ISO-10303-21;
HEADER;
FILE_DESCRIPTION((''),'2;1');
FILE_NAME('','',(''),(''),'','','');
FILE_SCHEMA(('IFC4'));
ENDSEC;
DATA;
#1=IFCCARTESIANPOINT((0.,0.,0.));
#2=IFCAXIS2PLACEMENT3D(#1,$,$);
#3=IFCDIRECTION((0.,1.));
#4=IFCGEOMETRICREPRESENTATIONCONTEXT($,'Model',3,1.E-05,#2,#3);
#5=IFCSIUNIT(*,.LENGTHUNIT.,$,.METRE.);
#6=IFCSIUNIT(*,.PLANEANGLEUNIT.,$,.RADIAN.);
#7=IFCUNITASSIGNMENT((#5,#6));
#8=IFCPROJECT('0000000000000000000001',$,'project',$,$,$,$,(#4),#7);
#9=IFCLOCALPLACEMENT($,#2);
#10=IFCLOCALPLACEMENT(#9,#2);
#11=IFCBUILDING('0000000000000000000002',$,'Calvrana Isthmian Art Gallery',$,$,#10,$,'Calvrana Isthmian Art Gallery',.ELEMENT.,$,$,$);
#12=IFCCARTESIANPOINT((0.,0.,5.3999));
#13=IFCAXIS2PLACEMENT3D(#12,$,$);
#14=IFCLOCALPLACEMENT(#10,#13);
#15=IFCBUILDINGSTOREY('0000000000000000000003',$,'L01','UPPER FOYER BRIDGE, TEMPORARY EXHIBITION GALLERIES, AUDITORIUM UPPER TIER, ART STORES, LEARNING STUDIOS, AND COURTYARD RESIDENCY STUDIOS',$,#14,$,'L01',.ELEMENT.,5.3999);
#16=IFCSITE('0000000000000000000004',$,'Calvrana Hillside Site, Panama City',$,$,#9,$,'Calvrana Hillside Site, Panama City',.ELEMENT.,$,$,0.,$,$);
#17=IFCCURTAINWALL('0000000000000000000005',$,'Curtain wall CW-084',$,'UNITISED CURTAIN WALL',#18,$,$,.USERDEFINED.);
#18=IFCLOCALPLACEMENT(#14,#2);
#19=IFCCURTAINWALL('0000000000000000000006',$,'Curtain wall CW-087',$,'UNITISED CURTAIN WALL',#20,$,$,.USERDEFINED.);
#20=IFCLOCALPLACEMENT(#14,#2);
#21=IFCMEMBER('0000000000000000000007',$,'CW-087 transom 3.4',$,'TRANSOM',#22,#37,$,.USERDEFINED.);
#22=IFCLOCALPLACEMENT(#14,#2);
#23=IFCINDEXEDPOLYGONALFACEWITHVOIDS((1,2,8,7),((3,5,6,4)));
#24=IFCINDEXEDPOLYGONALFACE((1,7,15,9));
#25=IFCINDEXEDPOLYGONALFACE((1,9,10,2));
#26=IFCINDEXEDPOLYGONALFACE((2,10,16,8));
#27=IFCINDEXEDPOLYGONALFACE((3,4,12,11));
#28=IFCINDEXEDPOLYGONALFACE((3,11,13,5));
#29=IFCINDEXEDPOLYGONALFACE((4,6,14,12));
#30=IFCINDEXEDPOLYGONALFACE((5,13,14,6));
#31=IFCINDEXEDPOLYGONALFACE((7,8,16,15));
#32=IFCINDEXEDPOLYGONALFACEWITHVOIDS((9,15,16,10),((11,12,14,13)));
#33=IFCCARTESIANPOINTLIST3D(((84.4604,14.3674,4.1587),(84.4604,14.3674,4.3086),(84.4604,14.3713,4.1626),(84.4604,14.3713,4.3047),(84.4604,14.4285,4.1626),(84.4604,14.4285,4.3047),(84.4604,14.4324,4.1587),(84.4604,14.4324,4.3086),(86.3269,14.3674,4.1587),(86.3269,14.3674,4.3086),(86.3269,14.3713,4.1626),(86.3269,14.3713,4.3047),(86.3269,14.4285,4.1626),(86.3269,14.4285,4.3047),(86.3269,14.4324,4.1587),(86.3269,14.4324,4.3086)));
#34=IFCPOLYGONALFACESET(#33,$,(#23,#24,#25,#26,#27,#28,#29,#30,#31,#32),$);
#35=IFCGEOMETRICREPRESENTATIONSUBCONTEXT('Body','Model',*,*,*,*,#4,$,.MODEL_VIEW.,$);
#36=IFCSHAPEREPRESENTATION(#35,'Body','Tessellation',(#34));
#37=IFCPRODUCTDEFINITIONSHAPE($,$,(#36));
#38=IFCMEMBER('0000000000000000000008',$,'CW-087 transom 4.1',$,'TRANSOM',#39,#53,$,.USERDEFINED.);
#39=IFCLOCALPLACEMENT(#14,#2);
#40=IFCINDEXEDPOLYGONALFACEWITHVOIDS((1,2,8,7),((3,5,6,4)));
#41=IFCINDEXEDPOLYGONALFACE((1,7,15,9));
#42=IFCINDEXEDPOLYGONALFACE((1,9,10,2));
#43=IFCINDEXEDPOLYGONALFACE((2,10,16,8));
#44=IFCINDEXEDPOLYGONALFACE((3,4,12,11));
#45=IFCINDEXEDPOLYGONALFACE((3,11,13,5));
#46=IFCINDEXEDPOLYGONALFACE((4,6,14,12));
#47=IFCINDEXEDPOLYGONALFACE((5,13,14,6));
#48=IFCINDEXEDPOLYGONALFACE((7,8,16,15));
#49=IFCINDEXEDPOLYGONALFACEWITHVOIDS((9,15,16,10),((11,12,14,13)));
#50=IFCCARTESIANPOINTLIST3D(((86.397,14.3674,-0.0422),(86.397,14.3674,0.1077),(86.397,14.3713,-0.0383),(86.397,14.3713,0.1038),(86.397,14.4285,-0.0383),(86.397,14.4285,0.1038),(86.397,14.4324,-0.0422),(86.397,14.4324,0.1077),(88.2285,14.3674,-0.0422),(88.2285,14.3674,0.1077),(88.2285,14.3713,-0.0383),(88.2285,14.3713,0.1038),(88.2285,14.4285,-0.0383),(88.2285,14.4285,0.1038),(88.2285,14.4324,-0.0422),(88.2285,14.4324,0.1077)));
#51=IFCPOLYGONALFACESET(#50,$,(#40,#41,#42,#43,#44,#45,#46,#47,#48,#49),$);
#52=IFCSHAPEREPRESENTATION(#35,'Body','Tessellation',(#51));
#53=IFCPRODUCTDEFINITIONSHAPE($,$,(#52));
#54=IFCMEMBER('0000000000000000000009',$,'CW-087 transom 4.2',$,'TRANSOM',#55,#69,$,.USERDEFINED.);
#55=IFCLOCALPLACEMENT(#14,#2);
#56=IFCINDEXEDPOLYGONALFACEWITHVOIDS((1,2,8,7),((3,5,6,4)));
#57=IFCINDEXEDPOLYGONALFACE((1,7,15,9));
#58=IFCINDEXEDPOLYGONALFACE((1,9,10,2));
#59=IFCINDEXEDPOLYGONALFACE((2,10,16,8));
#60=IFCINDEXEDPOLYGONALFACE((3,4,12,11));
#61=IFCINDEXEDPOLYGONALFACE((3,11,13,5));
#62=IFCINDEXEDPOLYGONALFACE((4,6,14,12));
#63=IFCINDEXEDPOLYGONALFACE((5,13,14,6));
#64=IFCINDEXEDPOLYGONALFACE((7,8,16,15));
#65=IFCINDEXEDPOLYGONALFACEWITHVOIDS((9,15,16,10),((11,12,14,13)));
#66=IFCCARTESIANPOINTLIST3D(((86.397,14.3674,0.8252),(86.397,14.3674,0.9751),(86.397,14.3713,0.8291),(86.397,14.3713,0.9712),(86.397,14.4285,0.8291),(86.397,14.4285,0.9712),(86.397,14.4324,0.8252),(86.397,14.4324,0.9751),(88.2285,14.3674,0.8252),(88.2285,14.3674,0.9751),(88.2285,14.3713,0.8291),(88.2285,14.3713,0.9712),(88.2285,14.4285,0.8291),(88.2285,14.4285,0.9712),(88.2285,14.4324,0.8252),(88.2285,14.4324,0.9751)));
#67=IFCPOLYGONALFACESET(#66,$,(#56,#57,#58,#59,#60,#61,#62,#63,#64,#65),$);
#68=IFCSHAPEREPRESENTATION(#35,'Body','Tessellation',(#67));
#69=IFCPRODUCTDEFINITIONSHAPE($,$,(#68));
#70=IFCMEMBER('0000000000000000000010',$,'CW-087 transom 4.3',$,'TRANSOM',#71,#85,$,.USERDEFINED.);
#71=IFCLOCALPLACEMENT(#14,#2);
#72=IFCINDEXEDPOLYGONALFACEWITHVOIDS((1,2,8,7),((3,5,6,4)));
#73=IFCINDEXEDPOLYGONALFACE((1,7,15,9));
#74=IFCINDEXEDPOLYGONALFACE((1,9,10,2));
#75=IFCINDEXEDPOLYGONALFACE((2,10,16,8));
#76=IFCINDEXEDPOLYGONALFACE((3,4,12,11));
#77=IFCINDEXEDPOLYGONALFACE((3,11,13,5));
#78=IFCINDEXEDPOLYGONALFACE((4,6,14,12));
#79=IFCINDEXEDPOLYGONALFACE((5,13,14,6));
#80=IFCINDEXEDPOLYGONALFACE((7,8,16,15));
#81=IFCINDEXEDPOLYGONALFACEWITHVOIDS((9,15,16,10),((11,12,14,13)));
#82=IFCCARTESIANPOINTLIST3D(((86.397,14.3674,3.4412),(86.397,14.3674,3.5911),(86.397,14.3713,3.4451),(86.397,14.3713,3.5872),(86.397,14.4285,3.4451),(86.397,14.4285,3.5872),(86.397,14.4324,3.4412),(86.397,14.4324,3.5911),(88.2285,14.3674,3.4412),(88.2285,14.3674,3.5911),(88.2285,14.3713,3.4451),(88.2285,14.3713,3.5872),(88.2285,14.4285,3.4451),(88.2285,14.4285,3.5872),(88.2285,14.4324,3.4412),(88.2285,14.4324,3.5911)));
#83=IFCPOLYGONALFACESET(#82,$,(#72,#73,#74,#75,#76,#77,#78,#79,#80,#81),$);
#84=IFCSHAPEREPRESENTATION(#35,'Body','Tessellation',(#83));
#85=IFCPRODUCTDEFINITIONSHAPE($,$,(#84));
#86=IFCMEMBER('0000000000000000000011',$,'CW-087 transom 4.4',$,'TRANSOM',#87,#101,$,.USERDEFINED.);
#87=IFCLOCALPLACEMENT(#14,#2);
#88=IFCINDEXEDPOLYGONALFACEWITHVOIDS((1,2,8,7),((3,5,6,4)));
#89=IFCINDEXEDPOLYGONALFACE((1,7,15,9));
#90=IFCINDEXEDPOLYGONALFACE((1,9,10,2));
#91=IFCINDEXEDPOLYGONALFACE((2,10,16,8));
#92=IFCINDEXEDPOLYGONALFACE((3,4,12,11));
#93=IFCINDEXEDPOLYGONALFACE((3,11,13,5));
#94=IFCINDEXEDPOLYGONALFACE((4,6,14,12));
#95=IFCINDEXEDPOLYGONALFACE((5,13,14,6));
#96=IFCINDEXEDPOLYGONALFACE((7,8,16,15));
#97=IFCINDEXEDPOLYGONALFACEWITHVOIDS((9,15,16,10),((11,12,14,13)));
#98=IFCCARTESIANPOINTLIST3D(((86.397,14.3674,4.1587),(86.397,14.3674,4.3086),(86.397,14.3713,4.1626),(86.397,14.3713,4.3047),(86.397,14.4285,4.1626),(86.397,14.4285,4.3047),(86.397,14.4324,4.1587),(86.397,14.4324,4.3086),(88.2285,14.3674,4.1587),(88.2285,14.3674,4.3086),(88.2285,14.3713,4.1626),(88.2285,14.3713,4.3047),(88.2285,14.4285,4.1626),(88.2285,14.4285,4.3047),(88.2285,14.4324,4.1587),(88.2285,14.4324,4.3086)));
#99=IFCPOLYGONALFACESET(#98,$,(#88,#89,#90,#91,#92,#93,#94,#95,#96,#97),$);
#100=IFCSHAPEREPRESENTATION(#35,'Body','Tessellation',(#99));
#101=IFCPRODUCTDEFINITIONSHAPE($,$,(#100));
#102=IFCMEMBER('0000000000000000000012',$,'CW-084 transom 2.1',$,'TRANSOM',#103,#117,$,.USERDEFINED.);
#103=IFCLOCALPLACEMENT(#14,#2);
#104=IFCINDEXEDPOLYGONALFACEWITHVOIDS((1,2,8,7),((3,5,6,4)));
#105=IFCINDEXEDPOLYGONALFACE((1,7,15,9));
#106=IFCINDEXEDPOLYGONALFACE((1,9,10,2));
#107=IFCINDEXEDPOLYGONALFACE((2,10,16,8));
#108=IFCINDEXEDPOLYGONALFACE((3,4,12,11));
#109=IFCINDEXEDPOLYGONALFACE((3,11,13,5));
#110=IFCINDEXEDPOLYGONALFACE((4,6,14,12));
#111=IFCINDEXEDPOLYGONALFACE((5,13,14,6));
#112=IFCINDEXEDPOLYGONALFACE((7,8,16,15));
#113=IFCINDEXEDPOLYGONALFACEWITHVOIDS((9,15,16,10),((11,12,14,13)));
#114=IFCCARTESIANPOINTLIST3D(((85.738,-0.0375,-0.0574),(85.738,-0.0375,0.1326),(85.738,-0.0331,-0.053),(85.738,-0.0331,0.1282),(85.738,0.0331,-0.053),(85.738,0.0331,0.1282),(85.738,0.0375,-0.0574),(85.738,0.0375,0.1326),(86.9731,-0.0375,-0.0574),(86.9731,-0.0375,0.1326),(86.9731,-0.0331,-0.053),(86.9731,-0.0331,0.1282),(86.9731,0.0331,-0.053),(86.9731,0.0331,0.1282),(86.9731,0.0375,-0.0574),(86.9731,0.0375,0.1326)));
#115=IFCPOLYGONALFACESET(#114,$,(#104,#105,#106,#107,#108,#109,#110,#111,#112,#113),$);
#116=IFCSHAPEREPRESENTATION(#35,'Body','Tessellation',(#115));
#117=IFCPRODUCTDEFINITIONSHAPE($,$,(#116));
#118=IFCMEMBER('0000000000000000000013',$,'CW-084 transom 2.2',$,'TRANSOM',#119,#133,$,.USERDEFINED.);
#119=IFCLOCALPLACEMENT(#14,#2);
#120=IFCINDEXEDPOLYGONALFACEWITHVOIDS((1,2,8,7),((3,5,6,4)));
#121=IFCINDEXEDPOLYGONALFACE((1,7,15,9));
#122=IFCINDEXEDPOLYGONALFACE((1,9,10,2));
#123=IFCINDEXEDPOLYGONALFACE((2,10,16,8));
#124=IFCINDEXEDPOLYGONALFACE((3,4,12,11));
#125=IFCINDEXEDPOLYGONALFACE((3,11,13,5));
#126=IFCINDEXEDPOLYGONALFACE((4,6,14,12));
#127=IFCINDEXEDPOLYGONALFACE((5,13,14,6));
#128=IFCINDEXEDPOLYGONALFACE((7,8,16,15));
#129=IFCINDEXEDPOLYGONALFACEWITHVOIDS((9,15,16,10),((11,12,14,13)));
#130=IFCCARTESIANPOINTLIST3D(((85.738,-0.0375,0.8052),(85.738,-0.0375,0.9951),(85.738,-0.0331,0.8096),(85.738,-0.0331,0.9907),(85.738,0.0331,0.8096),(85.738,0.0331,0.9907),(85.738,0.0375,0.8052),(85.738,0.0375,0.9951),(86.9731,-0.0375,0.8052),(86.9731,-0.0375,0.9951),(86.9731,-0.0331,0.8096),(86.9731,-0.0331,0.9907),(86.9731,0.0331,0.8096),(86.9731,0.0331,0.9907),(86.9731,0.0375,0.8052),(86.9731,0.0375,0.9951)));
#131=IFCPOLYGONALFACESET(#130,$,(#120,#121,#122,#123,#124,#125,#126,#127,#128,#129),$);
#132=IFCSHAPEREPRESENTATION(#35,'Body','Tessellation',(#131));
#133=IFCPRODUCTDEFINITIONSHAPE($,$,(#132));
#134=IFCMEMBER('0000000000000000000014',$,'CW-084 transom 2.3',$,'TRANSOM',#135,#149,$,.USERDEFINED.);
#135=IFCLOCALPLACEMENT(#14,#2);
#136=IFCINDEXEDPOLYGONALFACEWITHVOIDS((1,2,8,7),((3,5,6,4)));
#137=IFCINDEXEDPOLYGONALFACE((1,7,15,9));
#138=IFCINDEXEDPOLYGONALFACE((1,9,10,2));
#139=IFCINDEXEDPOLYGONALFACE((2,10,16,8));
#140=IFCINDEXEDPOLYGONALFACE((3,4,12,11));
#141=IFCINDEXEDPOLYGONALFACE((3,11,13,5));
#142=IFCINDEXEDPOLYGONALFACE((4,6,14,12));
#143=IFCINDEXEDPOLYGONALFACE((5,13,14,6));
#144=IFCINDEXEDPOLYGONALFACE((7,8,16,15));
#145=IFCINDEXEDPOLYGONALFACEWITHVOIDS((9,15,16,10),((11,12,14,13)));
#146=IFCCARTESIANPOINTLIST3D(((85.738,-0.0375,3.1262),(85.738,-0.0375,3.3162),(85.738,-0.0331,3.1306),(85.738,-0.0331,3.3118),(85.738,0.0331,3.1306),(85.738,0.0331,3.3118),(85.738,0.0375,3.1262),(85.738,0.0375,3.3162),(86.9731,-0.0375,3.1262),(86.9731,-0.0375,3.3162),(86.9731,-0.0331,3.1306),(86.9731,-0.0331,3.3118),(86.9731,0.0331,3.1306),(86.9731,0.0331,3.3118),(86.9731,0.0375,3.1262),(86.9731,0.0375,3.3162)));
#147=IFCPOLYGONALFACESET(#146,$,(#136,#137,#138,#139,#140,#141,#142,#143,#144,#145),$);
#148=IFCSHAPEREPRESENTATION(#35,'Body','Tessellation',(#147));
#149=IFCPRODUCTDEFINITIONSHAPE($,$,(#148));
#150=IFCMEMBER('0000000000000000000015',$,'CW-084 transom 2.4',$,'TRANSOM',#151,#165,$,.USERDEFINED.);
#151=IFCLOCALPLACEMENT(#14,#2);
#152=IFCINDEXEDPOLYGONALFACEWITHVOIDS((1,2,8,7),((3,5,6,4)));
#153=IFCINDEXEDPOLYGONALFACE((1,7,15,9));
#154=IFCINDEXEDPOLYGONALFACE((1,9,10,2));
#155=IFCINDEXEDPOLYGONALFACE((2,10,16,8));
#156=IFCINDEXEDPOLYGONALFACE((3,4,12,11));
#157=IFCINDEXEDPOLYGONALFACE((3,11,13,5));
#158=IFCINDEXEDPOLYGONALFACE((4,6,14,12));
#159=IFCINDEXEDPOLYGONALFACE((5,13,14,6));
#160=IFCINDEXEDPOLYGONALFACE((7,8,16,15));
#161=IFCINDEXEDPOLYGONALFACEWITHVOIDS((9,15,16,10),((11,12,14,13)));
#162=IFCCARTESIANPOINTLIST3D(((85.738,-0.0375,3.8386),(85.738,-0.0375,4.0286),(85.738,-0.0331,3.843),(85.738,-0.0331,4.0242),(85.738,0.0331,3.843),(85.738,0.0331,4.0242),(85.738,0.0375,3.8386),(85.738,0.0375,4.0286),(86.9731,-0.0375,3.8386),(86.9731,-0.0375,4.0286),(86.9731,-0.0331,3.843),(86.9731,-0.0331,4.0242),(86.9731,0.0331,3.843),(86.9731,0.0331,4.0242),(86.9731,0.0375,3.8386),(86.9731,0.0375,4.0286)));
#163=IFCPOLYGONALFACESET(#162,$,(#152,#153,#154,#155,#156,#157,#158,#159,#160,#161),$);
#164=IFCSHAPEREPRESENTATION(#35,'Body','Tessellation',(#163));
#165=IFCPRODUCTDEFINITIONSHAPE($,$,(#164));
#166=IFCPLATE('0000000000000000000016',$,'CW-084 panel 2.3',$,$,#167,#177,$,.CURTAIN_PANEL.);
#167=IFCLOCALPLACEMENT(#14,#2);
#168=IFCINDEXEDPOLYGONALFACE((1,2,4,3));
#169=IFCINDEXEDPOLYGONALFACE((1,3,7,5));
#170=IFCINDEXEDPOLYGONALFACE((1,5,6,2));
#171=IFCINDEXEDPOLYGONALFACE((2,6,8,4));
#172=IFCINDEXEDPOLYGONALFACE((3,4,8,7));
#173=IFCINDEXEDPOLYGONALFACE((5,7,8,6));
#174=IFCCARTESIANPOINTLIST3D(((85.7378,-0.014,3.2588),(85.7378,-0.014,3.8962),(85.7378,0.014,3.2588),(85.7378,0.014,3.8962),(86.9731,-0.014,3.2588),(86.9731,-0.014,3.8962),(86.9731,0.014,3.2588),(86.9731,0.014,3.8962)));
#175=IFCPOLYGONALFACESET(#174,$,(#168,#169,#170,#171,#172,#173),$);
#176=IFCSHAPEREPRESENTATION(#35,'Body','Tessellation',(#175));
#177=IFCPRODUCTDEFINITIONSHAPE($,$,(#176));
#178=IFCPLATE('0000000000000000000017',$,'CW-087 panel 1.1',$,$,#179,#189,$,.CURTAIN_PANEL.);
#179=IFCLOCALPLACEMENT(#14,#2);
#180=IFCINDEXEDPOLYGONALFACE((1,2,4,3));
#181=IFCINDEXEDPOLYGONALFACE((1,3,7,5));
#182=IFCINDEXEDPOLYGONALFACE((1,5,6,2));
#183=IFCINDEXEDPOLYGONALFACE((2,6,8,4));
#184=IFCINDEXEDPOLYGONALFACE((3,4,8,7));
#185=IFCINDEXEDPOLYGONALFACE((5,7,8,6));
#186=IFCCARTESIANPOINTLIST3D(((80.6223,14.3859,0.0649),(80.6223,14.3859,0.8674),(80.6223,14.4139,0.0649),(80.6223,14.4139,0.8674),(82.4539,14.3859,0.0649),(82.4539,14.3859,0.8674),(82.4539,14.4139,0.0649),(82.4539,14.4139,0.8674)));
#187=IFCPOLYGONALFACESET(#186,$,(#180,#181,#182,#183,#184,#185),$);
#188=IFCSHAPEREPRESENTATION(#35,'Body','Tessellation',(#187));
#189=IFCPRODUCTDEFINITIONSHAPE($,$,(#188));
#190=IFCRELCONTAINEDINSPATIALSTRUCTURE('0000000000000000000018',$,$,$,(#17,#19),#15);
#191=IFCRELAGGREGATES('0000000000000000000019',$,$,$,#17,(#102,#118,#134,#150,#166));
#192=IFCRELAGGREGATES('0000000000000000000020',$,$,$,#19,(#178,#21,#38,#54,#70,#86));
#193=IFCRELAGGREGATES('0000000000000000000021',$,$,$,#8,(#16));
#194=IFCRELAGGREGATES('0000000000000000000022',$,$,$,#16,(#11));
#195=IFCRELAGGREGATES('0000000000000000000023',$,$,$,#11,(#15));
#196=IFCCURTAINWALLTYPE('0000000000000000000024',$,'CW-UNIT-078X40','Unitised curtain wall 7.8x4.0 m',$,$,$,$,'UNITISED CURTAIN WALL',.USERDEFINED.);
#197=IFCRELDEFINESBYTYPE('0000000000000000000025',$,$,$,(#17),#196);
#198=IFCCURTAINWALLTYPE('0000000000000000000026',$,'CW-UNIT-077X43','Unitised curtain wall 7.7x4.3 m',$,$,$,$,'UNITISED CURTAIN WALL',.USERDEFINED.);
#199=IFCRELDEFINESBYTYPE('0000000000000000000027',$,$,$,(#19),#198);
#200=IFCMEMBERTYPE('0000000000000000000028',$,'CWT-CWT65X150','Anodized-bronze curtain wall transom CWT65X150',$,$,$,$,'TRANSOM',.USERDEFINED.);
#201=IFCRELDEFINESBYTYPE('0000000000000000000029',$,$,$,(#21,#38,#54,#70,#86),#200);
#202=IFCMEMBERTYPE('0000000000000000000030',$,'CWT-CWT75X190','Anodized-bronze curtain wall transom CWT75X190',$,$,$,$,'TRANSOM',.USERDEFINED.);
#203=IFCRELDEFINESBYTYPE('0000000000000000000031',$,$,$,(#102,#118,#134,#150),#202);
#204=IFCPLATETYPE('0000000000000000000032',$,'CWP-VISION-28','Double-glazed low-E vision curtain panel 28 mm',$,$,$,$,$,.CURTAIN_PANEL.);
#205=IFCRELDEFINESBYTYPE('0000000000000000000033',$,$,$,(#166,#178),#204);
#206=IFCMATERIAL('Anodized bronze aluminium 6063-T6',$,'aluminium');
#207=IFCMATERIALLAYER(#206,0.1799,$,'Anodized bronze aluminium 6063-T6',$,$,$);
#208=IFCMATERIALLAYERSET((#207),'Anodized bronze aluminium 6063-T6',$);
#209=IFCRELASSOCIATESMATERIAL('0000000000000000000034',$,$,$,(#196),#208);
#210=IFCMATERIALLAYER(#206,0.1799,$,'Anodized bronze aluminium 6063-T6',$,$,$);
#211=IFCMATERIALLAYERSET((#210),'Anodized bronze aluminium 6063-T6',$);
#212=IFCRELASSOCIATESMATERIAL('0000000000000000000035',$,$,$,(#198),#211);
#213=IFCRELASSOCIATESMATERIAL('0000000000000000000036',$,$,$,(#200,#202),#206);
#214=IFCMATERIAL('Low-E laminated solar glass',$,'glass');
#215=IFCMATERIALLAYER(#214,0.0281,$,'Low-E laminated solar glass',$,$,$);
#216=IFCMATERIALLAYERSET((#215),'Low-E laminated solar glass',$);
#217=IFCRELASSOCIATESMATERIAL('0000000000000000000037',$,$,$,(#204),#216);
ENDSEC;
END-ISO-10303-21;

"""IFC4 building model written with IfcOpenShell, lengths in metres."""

from ifc_helpers import new_model, si_unit, direction, frame, origin, origin_2d, place, context, subcontext, project, spatial, rectangle, hollow_rectangle, extrude, material, layer, layer_set, material_profile, profile_set, type_object, element, aggregate, save


model = new_model("IFC4")

# Units and contexts
model_context = context("Model", 3, precision=1e-05, world=origin(), true_north=direction((0.0, 1.0)))
body_context = subcontext(model_context, "Body", "Model", "MODEL_VIEW")
ifc_project = project(units=[si_unit("LENGTHUNIT", "METRE"), si_unit("PLANEANGLEUNIT", "RADIAN")], contexts=[model_context])

# Site, building, storey
site_placement = place(None, origin())
site = spatial("IfcSite", under=ifc_project, at=site_placement, Name="Calvrana Hillside Site, Panama City", LongName="Calvrana Hillside Site, Panama City", CompositionType="ELEMENT", RefElevation=0.0)
building_placement = place(site_placement, origin())
building = spatial("IfcBuilding", under=site, at=building_placement, Name="Calvrana Isthmian Art Gallery", LongName="Calvrana Isthmian Art Gallery", CompositionType="ELEMENT")
storey_placement = place(building_placement, frame((0.0, 0.0, 5.3999)))
storey = spatial("IfcBuildingStorey", under=building, at=storey_placement, Name="L01", Description="UPPER FOYER BRIDGE, TEMPORARY EXHIBITION GALLERIES, AUDITORIUM UPPER TIER, ART STORES, LEARNING STUDIOS, AND COURTYARD RESIDENCY STUDIOS", LongName="L01", CompositionType="ELEMENT", Elevation=5.3999)

# Curtain wall
ifc_material_1 = material(Name="Anodized bronze aluminium 6063-T6", Category="aluminium")
ifc_layer_1 = layer(ifc_material_1, 0.1799, Name="Anodized bronze aluminium 6063-T6")
ifc_layer_set_1 = layer_set([ifc_layer_1], Name="Anodized bronze aluminium 6063-T6")
curtain_wall_type_1 = type_object("IfcCurtainWallType", Name="CW-UNIT-078X40", Description="Unitised curtain wall 7.8x4.0 m", ElementType="UNITISED CURTAIN WALL", PredefinedType="USERDEFINED", material=ifc_layer_set_1)
curtain_wall_1_placement = place(storey_placement, origin())
curtain_wall_1 = element("IfcCurtainWall", 1, at=curtain_wall_1_placement, inside=storey, type_object=curtain_wall_type_1, Name="Curtain wall CW-084", ObjectType="UNITISED CURTAIN WALL", PredefinedType="USERDEFINED")

# Curtain wall, members
ifc_layer_2 = layer(ifc_material_1, 0.1799, Name="Anodized bronze aluminium 6063-T6")
ifc_layer_set_2 = layer_set([ifc_layer_2], Name="Anodized bronze aluminium 6063-T6")
curtain_wall_type_2 = type_object("IfcCurtainWallType", Name="CW-UNIT-077X43", Description="Unitised curtain wall 7.7x4.3 m", ElementType="UNITISED CURTAIN WALL", PredefinedType="USERDEFINED", material=ifc_layer_set_2)
curtain_wall_2_placement = place(storey_placement, origin())
curtain_wall_2 = element("IfcCurtainWall", 2, at=curtain_wall_2_placement, inside=storey, type_object=curtain_wall_type_2, Name="Curtain wall CW-087", ObjectType="UNITISED CURTAIN WALL", PredefinedType="USERDEFINED")
ifc_material_profile_1 = material_profile(ifc_material_1, hollow_rectangle(XDim=0.0649, YDim=0.1499, WallThickness=0.0039, at=origin_2d()), Name="CWT65X150")
ifc_profile_set_1 = profile_set([ifc_material_profile_1], Name="Anodized bronze aluminium 6063-T6")
member_type_1 = type_object("IfcMemberType", Name="CWT-CWT65X150", Description="Anodized-bronze curtain wall transom CWT65X150", ElementType="TRANSOM", PredefinedType="USERDEFINED", material=ifc_profile_set_1)
member_1_placement = place(storey_placement, frame((84.4604, 14.3999, 4.2336), z_axis=(1.0, 0.0, 0.0), x_axis=(0.0, 1.0, 0.0)))
member_1 = element("IfcMember", 3, at=member_1_placement, type_object=member_type_1, Name="CW-087 transom 3.4", ObjectType="TRANSOM", PredefinedType="USERDEFINED", context=body_context, shape_type="SweptSolid", body=[
    extrude(hollow_rectangle(XDim=0.0649, YDim=0.1499, WallThickness=0.0039, at=origin_2d()), origin(), (0.0, 0.0, 1.0), 1.8665),
])
member_2_placement = place(storey_placement, frame((86.397, 14.3999, 0.0327), z_axis=(1.0, 0.0, 0.0), x_axis=(0.0, 1.0, 0.0)))
member_2 = element("IfcMember", 4, at=member_2_placement, type_object=member_type_1, Name="CW-087 transom 4.1", ObjectType="TRANSOM", PredefinedType="USERDEFINED", context=body_context, shape_type="SweptSolid", body=[
    extrude(hollow_rectangle(XDim=0.0649, YDim=0.1499, WallThickness=0.0039, at=origin_2d()), origin(), (0.0, 0.0, 1.0), 1.8315),
])
member_3_placement = place(storey_placement, frame((86.397, 14.3999, 0.9001), z_axis=(1.0, 0.0, 0.0), x_axis=(0.0, 1.0, 0.0)))
member_3 = element("IfcMember", 5, at=member_3_placement, type_object=member_type_1, Name="CW-087 transom 4.2", ObjectType="TRANSOM", PredefinedType="USERDEFINED", context=body_context, shape_type="SweptSolid", body=[
    extrude(hollow_rectangle(XDim=0.0649, YDim=0.1499, WallThickness=0.0039, at=origin_2d()), origin(), (0.0, 0.0, 1.0), 1.8315),
])
member_4_placement = place(storey_placement, frame((86.397, 14.3999, 3.5161), z_axis=(1.0, 0.0, 0.0), x_axis=(0.0, 1.0, 0.0)))
member_4 = element("IfcMember", 6, at=member_4_placement, type_object=member_type_1, Name="CW-087 transom 4.3", ObjectType="TRANSOM", PredefinedType="USERDEFINED", context=body_context, shape_type="SweptSolid", body=[
    extrude(hollow_rectangle(XDim=0.0649, YDim=0.1499, WallThickness=0.0039, at=origin_2d()), origin(), (0.0, 0.0, 1.0), 1.8315),
])
member_5_placement = place(storey_placement, frame((86.397, 14.3999, 4.2336), z_axis=(1.0, 0.0, 0.0), x_axis=(0.0, 1.0, 0.0)))
member_5 = element("IfcMember", 7, at=member_5_placement, type_object=member_type_1, Name="CW-087 transom 4.4", ObjectType="TRANSOM", PredefinedType="USERDEFINED", context=body_context, shape_type="SweptSolid", body=[
    extrude(hollow_rectangle(XDim=0.0649, YDim=0.1499, WallThickness=0.0039, at=origin_2d()), origin(), (0.0, 0.0, 1.0), 1.8315),
])

# Members
ifc_material_profile_2 = material_profile(ifc_material_1, hollow_rectangle(XDim=0.075, YDim=0.1899, WallThickness=0.0044, at=origin_2d()), Name="CWT75X190")
ifc_profile_set_2 = profile_set([ifc_material_profile_2], Name="Anodized bronze aluminium 6063-T6")
member_type_2 = type_object("IfcMemberType", Name="CWT-CWT75X190", Description="Anodized-bronze curtain wall transom CWT75X190", ElementType="TRANSOM", PredefinedType="USERDEFINED", material=ifc_profile_set_2)
member_6_placement = place(storey_placement, frame((86.9731, 0.0, 0.0376), z_axis=(-1.0, 0.0, 0.0), x_axis=(0.0, -1.0, 0.0)))
member_6 = element("IfcMember", 8, at=member_6_placement, type_object=member_type_2, Name="CW-084 transom 2.1", ObjectType="TRANSOM", PredefinedType="USERDEFINED", context=body_context, shape_type="SweptSolid", body=[
    extrude(hollow_rectangle(XDim=0.075, YDim=0.1899, WallThickness=0.0044, at=origin_2d()), origin(), (0.0, 0.0, 1.0), 1.2351),
])
member_7_placement = place(storey_placement, frame((86.9731, 0.0, 0.9001), z_axis=(-1.0, 0.0, 0.0), x_axis=(0.0, -1.0, 0.0)))
member_7 = element("IfcMember", 9, at=member_7_placement, type_object=member_type_2, Name="CW-084 transom 2.2", ObjectType="TRANSOM", PredefinedType="USERDEFINED", context=body_context, shape_type="SweptSolid", body=[
    extrude(hollow_rectangle(XDim=0.075, YDim=0.1899, WallThickness=0.0044, at=origin_2d()), origin(), (0.0, 0.0, 1.0), 1.2351),
])
member_8_placement = place(storey_placement, frame((86.9731, 0.0, 3.2212), z_axis=(-1.0, 0.0, 0.0), x_axis=(0.0, -1.0, 0.0)))
member_8 = element("IfcMember", 10, at=member_8_placement, type_object=member_type_2, Name="CW-084 transom 2.3", ObjectType="TRANSOM", PredefinedType="USERDEFINED", context=body_context, shape_type="SweptSolid", body=[
    extrude(hollow_rectangle(XDim=0.075, YDim=0.1899, WallThickness=0.0044, at=origin_2d()), origin(), (0.0, 0.0, 1.0), 1.2351),
])
member_9_placement = place(storey_placement, frame((86.9731, 0.0, 3.9336), z_axis=(-1.0, 0.0, 0.0), x_axis=(0.0, -1.0, 0.0)))
member_9 = element("IfcMember", 11, at=member_9_placement, type_object=member_type_2, Name="CW-084 transom 2.4", ObjectType="TRANSOM", PredefinedType="USERDEFINED", context=body_context, shape_type="SweptSolid", body=[
    extrude(hollow_rectangle(XDim=0.075, YDim=0.1899, WallThickness=0.0044, at=origin_2d()), origin(), (0.0, 0.0, 1.0), 1.2351),
])

# Plates
ifc_material_2 = material(Name="Low-E laminated solar glass", Category="glass")
ifc_layer_3 = layer(ifc_material_2, 0.0281, Name="Low-E laminated solar glass")
ifc_layer_set_3 = layer_set([ifc_layer_3], Name="Low-E laminated solar glass")
plate_type = type_object("IfcPlateType", Name="CWP-VISION-28", Description="Double-glazed low-E vision curtain panel 28 mm", PredefinedType="CURTAIN_PANEL", material=ifc_layer_set_3)
plate_1_placement = place(storey_placement, frame((86.3555, 0.0, 3.2588), z_axis=(0.0, 0.0, 1.0), x_axis=(-1.0, 0.0, 0.0)))
plate_1 = element("IfcPlate", 12, at=plate_1_placement, type_object=plate_type, Name="CW-084 panel 2.3", PredefinedType="CURTAIN_PANEL", context=body_context, shape_type="SweptSolid", body=[
    extrude(rectangle(XDim=1.2354, YDim=0.0281, at=origin_2d()), origin(), (0.0, 0.0, 1.0), 0.6375),
])
aggregate(curtain_wall_1, [member_6, member_7, member_8, member_9, plate_1])
plate_2_placement = place(storey_placement, frame((81.5381, 14.3999, 0.0649), z_axis=(0.0, 0.0, 1.0), x_axis=(1.0, 0.0, 0.0)))
plate_2 = element("IfcPlate", 13, at=plate_2_placement, type_object=plate_type, Name="CW-087 panel 1.1", PredefinedType="CURTAIN_PANEL", context=body_context, shape_type="SweptSolid", body=[
    extrude(rectangle(XDim=1.8315, YDim=0.0281, at=origin_2d()), origin(), (0.0, 0.0, 1.0), 0.8025),
])
aggregate(curtain_wall_2, [plate_2, member_1, member_2, member_3, member_4, member_5])

save(model, "model.ifc")
